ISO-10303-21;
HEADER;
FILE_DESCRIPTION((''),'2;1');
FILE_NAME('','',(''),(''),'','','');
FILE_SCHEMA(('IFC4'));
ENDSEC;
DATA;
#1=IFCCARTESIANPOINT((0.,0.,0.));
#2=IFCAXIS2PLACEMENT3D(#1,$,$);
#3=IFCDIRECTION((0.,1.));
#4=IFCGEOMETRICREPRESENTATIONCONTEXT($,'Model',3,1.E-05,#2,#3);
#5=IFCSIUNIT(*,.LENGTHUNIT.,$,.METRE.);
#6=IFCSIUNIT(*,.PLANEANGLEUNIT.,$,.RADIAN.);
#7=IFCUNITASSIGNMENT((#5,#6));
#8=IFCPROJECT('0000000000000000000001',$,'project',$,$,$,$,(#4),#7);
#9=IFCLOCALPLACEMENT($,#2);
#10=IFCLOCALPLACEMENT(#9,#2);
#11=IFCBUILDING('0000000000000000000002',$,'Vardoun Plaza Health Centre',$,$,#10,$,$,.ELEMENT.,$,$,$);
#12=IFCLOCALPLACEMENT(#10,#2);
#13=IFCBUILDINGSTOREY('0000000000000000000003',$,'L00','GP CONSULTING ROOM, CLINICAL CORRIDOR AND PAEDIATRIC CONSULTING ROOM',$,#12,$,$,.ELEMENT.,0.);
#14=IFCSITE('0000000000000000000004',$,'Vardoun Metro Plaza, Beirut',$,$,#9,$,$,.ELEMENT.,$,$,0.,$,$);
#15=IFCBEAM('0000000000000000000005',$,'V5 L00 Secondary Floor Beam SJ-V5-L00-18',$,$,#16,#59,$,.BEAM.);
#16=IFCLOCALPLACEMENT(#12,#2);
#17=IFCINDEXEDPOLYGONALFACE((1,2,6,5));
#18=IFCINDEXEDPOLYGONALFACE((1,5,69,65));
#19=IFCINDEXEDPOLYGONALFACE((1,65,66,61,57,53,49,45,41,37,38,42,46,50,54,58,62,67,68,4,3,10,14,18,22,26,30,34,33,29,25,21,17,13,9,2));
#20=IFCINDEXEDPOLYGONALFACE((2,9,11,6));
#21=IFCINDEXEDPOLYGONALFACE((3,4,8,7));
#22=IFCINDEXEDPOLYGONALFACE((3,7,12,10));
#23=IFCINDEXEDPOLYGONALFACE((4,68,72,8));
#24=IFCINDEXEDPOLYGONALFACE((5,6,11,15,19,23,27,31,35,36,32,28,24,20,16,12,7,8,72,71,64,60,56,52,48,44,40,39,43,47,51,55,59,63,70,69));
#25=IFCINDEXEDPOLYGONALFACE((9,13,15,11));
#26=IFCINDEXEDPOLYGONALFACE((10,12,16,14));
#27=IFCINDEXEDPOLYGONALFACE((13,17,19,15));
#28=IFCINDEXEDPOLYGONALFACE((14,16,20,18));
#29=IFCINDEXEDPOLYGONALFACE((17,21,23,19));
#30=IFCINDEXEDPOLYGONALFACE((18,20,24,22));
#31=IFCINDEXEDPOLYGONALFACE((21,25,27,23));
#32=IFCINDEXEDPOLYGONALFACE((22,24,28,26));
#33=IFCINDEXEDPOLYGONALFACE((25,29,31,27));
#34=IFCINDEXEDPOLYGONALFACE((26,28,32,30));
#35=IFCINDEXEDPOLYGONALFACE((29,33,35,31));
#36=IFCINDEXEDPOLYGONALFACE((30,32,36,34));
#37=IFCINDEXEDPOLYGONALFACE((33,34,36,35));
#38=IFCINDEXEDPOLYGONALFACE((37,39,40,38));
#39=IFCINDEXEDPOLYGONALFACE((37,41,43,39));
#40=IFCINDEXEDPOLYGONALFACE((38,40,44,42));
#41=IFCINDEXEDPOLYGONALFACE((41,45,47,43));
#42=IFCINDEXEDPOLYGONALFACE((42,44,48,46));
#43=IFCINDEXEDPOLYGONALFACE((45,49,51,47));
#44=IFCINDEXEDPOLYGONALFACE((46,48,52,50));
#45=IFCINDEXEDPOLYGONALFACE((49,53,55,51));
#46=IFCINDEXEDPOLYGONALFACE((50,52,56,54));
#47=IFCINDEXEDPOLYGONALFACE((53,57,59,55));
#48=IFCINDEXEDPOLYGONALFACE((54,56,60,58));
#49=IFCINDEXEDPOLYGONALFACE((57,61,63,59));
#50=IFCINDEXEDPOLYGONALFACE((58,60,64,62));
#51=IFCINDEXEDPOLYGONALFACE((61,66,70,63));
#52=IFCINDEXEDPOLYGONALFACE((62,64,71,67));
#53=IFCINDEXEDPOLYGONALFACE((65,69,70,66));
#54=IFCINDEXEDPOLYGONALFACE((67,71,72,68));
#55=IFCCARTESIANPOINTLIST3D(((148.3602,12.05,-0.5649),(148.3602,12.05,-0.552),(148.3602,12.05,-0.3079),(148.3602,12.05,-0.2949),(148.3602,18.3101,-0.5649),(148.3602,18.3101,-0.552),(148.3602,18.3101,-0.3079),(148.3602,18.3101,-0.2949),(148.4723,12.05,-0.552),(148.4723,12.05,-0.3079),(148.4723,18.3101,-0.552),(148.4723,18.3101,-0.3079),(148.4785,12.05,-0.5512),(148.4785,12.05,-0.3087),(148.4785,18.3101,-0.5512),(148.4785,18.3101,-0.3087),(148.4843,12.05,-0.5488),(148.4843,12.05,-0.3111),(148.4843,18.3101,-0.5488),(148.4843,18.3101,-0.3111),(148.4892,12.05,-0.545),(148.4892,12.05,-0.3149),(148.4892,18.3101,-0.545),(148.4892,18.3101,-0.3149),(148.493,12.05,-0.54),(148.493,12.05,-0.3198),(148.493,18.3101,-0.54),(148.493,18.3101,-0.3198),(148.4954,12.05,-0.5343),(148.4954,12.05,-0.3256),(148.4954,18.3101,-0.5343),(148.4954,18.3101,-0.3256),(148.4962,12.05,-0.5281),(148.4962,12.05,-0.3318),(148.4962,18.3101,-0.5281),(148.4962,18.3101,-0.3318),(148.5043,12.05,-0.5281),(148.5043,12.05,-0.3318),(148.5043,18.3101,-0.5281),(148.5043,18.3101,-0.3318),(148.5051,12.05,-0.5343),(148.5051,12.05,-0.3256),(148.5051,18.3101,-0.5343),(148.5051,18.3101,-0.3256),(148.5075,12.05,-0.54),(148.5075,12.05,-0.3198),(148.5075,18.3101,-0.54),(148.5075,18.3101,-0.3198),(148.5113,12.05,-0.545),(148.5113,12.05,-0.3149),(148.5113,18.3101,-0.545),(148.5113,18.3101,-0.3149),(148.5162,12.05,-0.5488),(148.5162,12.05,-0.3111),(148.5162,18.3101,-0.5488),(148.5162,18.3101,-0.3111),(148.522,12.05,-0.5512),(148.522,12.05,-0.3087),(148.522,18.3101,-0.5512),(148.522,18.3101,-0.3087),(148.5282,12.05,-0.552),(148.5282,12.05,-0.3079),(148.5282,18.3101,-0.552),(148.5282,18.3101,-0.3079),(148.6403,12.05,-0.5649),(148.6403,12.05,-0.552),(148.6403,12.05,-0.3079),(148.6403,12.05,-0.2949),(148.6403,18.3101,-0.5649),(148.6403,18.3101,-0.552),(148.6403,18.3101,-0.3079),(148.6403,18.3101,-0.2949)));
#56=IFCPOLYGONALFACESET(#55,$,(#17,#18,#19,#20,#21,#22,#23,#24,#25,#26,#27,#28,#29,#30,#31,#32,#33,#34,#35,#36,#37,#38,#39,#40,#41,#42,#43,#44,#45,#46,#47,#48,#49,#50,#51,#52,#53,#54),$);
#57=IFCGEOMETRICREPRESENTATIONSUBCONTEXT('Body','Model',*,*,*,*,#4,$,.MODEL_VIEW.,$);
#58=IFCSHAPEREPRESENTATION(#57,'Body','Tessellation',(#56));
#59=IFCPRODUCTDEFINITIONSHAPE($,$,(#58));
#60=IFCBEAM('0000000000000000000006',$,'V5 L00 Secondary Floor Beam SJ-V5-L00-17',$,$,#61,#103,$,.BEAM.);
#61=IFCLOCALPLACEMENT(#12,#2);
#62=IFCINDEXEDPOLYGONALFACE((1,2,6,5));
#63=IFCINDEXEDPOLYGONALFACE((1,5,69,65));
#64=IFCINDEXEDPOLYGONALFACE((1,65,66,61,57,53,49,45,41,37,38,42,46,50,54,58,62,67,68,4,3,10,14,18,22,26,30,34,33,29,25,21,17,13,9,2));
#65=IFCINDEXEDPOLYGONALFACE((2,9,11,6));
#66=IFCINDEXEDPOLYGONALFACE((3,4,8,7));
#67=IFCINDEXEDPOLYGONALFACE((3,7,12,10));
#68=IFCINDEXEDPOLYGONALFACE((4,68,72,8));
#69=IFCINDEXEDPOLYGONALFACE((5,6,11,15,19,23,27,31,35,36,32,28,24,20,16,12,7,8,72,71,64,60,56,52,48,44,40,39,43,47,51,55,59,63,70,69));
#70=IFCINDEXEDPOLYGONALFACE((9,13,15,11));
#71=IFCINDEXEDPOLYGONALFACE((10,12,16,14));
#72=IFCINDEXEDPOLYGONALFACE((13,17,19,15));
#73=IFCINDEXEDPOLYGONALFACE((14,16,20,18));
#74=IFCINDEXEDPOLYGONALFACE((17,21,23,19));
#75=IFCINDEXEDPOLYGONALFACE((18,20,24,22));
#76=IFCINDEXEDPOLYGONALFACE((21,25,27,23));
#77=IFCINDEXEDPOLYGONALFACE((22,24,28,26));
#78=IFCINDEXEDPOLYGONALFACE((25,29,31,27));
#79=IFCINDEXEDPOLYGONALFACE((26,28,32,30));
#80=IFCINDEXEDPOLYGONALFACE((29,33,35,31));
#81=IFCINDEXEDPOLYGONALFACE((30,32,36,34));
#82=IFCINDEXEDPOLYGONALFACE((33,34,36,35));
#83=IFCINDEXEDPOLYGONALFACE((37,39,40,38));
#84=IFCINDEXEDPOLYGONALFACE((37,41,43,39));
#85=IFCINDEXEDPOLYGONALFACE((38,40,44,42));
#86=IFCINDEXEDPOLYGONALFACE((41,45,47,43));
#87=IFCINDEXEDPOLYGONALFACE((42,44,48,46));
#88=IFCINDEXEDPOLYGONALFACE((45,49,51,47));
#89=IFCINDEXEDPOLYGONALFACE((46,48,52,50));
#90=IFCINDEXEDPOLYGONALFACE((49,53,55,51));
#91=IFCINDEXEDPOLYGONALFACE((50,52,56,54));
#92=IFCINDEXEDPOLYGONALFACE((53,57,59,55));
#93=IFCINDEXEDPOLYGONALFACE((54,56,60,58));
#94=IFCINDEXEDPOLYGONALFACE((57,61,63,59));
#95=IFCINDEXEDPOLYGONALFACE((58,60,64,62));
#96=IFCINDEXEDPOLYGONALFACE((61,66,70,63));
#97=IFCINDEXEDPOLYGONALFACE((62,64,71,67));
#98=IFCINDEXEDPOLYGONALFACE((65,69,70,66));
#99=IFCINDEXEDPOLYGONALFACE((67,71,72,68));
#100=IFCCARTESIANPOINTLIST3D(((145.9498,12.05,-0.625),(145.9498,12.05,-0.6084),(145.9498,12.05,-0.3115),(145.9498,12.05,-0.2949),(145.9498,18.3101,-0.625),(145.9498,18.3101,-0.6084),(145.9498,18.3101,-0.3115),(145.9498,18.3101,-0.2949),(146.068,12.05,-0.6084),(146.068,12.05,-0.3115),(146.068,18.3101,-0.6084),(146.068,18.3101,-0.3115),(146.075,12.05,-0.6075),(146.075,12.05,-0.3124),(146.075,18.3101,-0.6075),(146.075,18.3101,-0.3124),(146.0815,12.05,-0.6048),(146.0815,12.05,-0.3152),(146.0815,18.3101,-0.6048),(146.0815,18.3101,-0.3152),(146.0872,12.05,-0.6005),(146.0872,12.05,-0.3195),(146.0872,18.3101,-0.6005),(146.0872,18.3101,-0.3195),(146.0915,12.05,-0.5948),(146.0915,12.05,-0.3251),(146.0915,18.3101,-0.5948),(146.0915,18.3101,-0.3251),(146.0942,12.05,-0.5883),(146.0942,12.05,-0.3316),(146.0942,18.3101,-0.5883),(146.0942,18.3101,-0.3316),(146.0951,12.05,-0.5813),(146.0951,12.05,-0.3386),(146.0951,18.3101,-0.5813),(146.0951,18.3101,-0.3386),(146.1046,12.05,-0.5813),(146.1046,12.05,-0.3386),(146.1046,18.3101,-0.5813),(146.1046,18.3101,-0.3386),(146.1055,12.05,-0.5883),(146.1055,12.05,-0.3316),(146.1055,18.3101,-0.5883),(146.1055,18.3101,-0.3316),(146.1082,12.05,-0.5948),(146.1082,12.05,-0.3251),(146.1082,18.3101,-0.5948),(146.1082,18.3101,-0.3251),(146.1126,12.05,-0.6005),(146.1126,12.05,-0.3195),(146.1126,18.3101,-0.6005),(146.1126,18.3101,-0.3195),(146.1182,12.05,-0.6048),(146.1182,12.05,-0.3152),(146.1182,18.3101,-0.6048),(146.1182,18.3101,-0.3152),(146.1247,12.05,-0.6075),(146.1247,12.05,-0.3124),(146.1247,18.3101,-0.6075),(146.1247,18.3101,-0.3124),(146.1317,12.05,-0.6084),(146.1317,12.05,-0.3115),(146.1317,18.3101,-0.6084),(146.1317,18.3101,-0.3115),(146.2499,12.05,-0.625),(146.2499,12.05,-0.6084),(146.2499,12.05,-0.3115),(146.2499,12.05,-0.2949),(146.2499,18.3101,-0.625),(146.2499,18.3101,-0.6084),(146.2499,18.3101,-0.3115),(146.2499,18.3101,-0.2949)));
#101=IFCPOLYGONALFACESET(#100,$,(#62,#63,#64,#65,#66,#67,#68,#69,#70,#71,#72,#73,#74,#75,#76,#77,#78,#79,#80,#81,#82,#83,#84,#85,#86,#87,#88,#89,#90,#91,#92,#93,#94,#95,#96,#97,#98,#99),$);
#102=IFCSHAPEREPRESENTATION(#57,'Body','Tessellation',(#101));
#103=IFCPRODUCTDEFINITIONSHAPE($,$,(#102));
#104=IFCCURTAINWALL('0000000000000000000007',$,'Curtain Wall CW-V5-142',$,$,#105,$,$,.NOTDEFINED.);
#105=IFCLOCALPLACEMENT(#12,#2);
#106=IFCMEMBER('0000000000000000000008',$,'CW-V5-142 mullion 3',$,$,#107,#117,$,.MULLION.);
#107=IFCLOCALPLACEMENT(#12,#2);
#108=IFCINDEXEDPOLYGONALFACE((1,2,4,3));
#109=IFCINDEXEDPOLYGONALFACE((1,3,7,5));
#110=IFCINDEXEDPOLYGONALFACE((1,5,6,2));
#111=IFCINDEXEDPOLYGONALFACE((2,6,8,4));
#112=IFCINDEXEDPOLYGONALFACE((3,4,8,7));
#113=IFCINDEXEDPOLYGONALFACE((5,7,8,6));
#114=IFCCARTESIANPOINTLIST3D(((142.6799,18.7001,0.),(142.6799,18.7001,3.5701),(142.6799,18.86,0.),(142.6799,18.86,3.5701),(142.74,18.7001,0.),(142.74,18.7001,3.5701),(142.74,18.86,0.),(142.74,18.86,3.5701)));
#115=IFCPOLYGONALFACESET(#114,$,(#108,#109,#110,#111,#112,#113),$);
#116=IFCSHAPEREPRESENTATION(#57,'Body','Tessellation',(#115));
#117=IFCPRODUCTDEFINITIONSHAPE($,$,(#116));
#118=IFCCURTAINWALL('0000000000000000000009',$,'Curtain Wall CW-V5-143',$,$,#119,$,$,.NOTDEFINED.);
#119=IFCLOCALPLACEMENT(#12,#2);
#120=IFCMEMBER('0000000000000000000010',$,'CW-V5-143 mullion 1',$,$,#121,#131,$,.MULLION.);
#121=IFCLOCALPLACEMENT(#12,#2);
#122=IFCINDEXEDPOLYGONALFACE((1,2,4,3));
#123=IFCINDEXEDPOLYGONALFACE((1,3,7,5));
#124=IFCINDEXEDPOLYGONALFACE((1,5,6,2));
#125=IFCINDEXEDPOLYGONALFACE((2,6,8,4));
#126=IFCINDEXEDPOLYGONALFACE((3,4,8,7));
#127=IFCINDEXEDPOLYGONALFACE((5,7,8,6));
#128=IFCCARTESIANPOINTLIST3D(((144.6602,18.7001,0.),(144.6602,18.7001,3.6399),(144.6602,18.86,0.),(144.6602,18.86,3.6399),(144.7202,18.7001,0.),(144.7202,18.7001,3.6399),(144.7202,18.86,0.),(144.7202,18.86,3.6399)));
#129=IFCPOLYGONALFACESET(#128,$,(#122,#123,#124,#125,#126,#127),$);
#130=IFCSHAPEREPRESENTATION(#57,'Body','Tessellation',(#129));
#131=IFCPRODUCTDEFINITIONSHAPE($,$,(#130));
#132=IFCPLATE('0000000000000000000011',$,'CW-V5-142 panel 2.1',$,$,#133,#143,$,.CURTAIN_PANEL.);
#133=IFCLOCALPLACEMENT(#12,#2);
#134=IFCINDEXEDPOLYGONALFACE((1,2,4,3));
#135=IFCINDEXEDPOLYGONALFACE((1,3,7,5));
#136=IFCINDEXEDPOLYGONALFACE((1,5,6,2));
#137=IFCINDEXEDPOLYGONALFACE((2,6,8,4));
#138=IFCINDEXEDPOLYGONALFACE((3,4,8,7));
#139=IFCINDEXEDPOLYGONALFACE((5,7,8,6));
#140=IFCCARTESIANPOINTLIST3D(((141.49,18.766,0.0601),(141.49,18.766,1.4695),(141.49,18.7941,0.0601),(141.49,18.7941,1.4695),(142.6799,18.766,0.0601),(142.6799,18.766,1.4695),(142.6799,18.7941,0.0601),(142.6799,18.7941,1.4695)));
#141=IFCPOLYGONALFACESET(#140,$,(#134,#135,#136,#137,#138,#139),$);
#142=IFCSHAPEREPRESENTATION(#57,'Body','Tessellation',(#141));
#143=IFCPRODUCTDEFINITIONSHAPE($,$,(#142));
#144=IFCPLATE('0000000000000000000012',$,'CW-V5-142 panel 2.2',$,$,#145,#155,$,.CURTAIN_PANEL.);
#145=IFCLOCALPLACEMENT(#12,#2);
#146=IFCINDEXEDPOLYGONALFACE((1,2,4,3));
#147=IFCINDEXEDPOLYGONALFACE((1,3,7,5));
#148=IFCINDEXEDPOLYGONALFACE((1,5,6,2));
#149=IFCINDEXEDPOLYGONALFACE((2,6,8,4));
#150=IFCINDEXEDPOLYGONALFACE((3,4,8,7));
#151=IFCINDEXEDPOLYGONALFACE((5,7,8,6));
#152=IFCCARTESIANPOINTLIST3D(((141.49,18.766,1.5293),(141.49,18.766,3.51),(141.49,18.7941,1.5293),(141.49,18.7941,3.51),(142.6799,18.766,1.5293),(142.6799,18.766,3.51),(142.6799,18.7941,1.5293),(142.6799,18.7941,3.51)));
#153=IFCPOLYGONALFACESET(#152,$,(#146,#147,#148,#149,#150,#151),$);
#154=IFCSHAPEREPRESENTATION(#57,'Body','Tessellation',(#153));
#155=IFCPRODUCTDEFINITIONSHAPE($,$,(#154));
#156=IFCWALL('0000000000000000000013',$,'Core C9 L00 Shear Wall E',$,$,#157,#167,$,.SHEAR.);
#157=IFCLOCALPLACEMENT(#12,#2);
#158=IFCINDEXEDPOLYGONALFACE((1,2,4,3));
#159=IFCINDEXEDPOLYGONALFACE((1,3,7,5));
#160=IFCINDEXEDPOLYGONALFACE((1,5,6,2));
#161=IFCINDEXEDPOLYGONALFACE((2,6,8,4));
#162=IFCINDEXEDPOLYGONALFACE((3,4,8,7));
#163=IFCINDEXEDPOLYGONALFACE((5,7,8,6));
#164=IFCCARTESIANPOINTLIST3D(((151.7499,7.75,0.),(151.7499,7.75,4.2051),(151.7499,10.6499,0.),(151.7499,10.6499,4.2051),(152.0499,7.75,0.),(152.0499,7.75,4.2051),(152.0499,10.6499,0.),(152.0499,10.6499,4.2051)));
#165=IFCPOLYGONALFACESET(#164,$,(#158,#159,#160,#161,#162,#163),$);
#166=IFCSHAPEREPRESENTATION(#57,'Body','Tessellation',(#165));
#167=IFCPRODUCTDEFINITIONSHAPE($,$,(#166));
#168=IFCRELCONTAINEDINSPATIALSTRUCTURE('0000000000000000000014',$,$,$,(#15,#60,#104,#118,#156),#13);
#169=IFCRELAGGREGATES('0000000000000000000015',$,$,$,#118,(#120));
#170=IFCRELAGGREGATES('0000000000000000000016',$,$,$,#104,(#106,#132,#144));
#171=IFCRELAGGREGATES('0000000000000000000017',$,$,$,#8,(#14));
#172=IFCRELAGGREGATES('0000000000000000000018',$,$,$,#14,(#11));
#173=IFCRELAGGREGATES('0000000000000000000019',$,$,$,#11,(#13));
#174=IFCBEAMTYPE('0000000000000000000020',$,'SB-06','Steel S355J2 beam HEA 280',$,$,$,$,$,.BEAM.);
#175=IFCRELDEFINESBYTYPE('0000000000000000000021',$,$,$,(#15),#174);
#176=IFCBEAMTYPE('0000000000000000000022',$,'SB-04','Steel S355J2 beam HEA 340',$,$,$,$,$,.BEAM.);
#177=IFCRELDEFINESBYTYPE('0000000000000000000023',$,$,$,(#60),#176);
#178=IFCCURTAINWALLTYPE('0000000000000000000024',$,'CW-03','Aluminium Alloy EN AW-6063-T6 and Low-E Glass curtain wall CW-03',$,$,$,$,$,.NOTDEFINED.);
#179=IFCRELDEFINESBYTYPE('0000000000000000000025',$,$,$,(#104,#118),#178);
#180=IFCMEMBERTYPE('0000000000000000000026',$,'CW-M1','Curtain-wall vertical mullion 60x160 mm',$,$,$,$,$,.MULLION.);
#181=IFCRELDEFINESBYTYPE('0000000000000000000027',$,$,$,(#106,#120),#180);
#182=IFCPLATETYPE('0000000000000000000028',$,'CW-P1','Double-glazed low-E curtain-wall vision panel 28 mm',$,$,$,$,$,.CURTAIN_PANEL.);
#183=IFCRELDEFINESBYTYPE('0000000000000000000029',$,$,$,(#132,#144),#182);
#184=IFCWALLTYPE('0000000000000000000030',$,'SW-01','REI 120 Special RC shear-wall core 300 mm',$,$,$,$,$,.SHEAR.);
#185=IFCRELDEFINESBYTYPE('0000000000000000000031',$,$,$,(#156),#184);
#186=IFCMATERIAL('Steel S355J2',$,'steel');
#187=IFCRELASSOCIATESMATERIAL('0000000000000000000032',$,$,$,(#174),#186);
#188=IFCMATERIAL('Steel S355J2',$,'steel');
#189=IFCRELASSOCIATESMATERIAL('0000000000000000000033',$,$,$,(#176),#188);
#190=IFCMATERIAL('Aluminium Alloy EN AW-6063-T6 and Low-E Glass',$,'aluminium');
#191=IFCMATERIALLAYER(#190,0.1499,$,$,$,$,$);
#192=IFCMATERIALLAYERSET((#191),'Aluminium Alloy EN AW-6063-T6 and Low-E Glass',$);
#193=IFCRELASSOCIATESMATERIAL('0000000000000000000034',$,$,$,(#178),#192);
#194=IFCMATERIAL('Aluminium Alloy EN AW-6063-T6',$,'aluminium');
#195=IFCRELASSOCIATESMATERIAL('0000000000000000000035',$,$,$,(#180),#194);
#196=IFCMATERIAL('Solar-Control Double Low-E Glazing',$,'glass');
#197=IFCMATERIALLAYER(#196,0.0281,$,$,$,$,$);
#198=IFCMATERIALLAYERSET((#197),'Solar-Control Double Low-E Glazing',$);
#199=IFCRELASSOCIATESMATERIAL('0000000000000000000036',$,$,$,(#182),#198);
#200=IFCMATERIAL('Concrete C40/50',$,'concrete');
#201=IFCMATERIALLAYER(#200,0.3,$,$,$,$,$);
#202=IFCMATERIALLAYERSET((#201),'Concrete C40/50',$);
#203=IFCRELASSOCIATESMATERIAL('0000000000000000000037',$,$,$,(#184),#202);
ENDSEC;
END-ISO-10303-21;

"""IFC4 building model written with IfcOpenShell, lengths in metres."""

from ifc_helpers import new_model, si_unit, direction, frame, frame_2d, origin, origin_2d, place, context, subcontext, project, spatial, rectangle, i_section, extrude, material, layer, layer_set, material_profile, profile_set, type_object, element, aggregate, save


model = new_model("IFC4")

# Units and contexts
model_context = context("Model", 3, precision=1e-05, world=origin(), true_north=direction((0.0, 1.0)))
body_context = subcontext(model_context, "Body", "Model", "MODEL_VIEW")
ifc_project = project(units=[si_unit("LENGTHUNIT", "METRE"), si_unit("PLANEANGLEUNIT", "RADIAN")], contexts=[model_context])

# Site, building, storey
site_placement = place(None, origin())
site = spatial("IfcSite", under=ifc_project, at=site_placement, Name="Vardoun Metro Plaza, Beirut", CompositionType="ELEMENT", RefElevation=0.0)
building_placement = place(site_placement, origin())
building = spatial("IfcBuilding", under=site, at=building_placement, Name="Vardoun Plaza Health Centre", CompositionType="ELEMENT")
storey_placement = place(building_placement, origin())
storey = spatial("IfcBuildingStorey", under=building, at=storey_placement, Name="L00", Description="GP CONSULTING ROOM, CLINICAL CORRIDOR AND PAEDIATRIC CONSULTING ROOM", CompositionType="ELEMENT", Elevation=0.0)

# Beams
ifc_material_1 = material(Name="Steel S355J2", Category="steel")
ifc_material_profile_1 = material_profile(ifc_material_1, i_section(OverallWidth=0.28, OverallDepth=0.27, WebThickness=0.0081, FlangeThickness=0.0129, FilletRadius=0.0239, at=origin_2d()), Name="HEA 280")
ifc_profile_set_1 = profile_set([ifc_material_profile_1], Name="Steel S355J2")
beam_type_1 = type_object("IfcBeamType", Name="SB-06", Description="Steel S355J2 beam HEA 280", PredefinedType="BEAM", material=ifc_profile_set_1)
beam_1_placement = place(storey_placement, frame((148.5002, 12.05, -0.4299), z_axis=(0.0, 1.0, 0.0), x_axis=(-1.0, 0.0, 0.0)))
element("IfcBeam", 1, at=beam_1_placement, inside=storey, type_object=beam_type_1, Name="V5 L00 Secondary Floor Beam SJ-V5-L00-18", PredefinedType="BEAM", context=body_context, shape_type="SweptSolid", body=[
    extrude(i_section(OverallWidth=0.28, OverallDepth=0.27, WebThickness=0.0081, FlangeThickness=0.0129, FilletRadius=0.0239, at=origin_2d()), origin(), (0.0, 0.0, 1.0), 6.26),
])
ifc_material_2 = material(Name="Steel S355J2", Category="steel")
ifc_material_profile_2 = material_profile(ifc_material_2, i_section(OverallWidth=0.3, OverallDepth=0.3301, WebThickness=0.0095, FlangeThickness=0.0166, FilletRadius=0.0271, at=origin_2d()), Name="HEA 340")
ifc_profile_set_2 = profile_set([ifc_material_profile_2], Name="Steel S355J2")
beam_type_2 = type_object("IfcBeamType", Name="SB-04", Description="Steel S355J2 beam HEA 340", PredefinedType="BEAM", material=ifc_profile_set_2)
beam_2_placement = place(storey_placement, frame((146.0999, 12.05, -0.46), z_axis=(0.0, 1.0, 0.0), x_axis=(-1.0, 0.0, 0.0)))
element("IfcBeam", 2, at=beam_2_placement, inside=storey, type_object=beam_type_2, Name="V5 L00 Secondary Floor Beam SJ-V5-L00-17", PredefinedType="BEAM", context=body_context, shape_type="SweptSolid", body=[
    extrude(i_section(OverallWidth=0.3, OverallDepth=0.3301, WebThickness=0.0095, FlangeThickness=0.0166, FilletRadius=0.0271, at=origin_2d()), origin(), (0.0, 0.0, 1.0), 6.26),
])

# Curtain walls, members
ifc_material_3 = material(Name="Aluminium Alloy EN AW-6063-T6 and Low-E Glass", Category="aluminium")
ifc_layer_1 = layer(ifc_material_3, 0.1499)
ifc_layer_set_1 = layer_set([ifc_layer_1], Name="Aluminium Alloy EN AW-6063-T6 and Low-E Glass")
curtain_wall_type = type_object("IfcCurtainWallType", Name="CW-03", Description="Aluminium Alloy EN AW-6063-T6 and Low-E Glass curtain wall CW-03", PredefinedType="NOTDEFINED", material=ifc_layer_set_1)
curtain_wall_1_placement = place(storey_placement, origin())
curtain_wall_1 = element("IfcCurtainWall", 3, at=curtain_wall_1_placement, inside=storey, type_object=curtain_wall_type, Name="Curtain Wall CW-V5-142", PredefinedType="NOTDEFINED")
ifc_material_4 = material(Name="Aluminium Alloy EN AW-6063-T6", Category="aluminium")
ifc_material_profile_3 = material_profile(ifc_material_4, rectangle(XDim=0.1599, YDim=0.0601, at=origin_2d()), Name="CWM 60x160")
ifc_profile_set_3 = profile_set([ifc_material_profile_3], Name="Aluminium Alloy EN AW-6063-T6")
member_type = type_object("IfcMemberType", Name="CW-M1", Description="Curtain-wall vertical mullion 60x160 mm", PredefinedType="MULLION", material=ifc_profile_set_3)
member_1_placement = place(storey_placement, frame((142.71, 18.78, 0.0), z_axis=(0.0, 0.0, 1.0), x_axis=(0.0, 1.0, 0.0)))
member_1 = element("IfcMember", 4, at=member_1_placement, type_object=member_type, Name="CW-V5-142 mullion 3", PredefinedType="MULLION", context=body_context, shape_type="SweptSolid", body=[
    extrude(rectangle(XDim=0.1599, YDim=0.0601, at=origin_2d()), origin(), (0.0, 0.0, 1.0), 3.5701),
])
curtain_wall_2_placement = place(storey_placement, origin())
curtain_wall_2 = element("IfcCurtainWall", 5, at=curtain_wall_2_placement, inside=storey, type_object=curtain_wall_type, Name="Curtain Wall CW-V5-143", PredefinedType="NOTDEFINED")
member_2_placement = place(storey_placement, frame((144.6902, 18.78, 0.0), z_axis=(0.0, 0.0, 1.0), x_axis=(0.0, 1.0, 0.0)))
member_2 = element("IfcMember", 6, at=member_2_placement, type_object=member_type, Name="CW-V5-143 mullion 1", PredefinedType="MULLION", context=body_context, shape_type="SweptSolid", body=[
    extrude(rectangle(XDim=0.1599, YDim=0.0601, at=origin_2d()), origin(), (0.0, 0.0, 1.0), 3.6399),
])
aggregate(curtain_wall_2, [member_2])

# Plates
ifc_material_5 = material(Name="Solar-Control Double Low-E Glazing", Category="glass")
ifc_layer_2 = layer(ifc_material_5, 0.0281)
ifc_layer_set_2 = layer_set([ifc_layer_2], Name="Solar-Control Double Low-E Glazing")
plate_type = type_object("IfcPlateType", Name="CW-P1", Description="Double-glazed low-E curtain-wall vision panel 28 mm", PredefinedType="CURTAIN_PANEL", material=ifc_layer_set_2)
plate_1_placement = place(storey_placement, frame((142.085, 18.78, 0.0601), z_axis=(0.0, 0.0, 1.0), x_axis=(1.0, 0.0, 0.0)))
plate_1 = element("IfcPlate", 7, at=plate_1_placement, type_object=plate_type, Name="CW-V5-142 panel 2.1", PredefinedType="CURTAIN_PANEL", context=body_context, shape_type="SweptSolid", body=[
    extrude(rectangle(XDim=1.1899, YDim=0.0281, at=origin_2d()), origin(), (0.0, 0.0, 1.0), 1.4094),
])
plate_2_placement = place(storey_placement, frame((142.085, 18.78, 1.5293), z_axis=(0.0, 0.0, 1.0), x_axis=(1.0, 0.0, 0.0)))
plate_2 = element("IfcPlate", 8, at=plate_2_placement, type_object=plate_type, Name="CW-V5-142 panel 2.2", PredefinedType="CURTAIN_PANEL", context=body_context, shape_type="SweptSolid", body=[
    extrude(rectangle(XDim=1.1899, YDim=0.0281, at=origin_2d()), origin(), (0.0, 0.0, 1.0), 1.9807),
])
aggregate(curtain_wall_1, [member_1, plate_1, plate_2])

# Shared definitions
ifc_material_6 = material(Name="Concrete C40/50", Category="concrete")
ifc_layer_3 = layer(ifc_material_6, 0.3)
ifc_layer_set_3 = layer_set([ifc_layer_3], Name="Concrete C40/50")
wall_type_1 = type_object("IfcWallType", Name="SW-01", Description="REI 120 Special RC shear-wall core 300 mm", PredefinedType="SHEAR", material=ifc_layer_set_3)

# Wall
wall_1_placement = place(storey_placement, frame((151.8999, 10.6499, 0.0), z_axis=(0.0, 0.0, 1.0), x_axis=(0.0, -1.0, 0.0)))
element("IfcWall", 9, at=wall_1_placement, inside=storey, type_object=wall_type_1, Name="Core C9 L00 Shear Wall E", PredefinedType="SHEAR", context=body_context, shape_type="SweptSolid", body=[
    extrude(rectangle(XDim=2.8999, YDim=0.3, at=frame_2d((1.45, 0.0))), origin(), (0.0, 0.0, 1.0), 4.2051),
])

save(model, "model.ifc")
